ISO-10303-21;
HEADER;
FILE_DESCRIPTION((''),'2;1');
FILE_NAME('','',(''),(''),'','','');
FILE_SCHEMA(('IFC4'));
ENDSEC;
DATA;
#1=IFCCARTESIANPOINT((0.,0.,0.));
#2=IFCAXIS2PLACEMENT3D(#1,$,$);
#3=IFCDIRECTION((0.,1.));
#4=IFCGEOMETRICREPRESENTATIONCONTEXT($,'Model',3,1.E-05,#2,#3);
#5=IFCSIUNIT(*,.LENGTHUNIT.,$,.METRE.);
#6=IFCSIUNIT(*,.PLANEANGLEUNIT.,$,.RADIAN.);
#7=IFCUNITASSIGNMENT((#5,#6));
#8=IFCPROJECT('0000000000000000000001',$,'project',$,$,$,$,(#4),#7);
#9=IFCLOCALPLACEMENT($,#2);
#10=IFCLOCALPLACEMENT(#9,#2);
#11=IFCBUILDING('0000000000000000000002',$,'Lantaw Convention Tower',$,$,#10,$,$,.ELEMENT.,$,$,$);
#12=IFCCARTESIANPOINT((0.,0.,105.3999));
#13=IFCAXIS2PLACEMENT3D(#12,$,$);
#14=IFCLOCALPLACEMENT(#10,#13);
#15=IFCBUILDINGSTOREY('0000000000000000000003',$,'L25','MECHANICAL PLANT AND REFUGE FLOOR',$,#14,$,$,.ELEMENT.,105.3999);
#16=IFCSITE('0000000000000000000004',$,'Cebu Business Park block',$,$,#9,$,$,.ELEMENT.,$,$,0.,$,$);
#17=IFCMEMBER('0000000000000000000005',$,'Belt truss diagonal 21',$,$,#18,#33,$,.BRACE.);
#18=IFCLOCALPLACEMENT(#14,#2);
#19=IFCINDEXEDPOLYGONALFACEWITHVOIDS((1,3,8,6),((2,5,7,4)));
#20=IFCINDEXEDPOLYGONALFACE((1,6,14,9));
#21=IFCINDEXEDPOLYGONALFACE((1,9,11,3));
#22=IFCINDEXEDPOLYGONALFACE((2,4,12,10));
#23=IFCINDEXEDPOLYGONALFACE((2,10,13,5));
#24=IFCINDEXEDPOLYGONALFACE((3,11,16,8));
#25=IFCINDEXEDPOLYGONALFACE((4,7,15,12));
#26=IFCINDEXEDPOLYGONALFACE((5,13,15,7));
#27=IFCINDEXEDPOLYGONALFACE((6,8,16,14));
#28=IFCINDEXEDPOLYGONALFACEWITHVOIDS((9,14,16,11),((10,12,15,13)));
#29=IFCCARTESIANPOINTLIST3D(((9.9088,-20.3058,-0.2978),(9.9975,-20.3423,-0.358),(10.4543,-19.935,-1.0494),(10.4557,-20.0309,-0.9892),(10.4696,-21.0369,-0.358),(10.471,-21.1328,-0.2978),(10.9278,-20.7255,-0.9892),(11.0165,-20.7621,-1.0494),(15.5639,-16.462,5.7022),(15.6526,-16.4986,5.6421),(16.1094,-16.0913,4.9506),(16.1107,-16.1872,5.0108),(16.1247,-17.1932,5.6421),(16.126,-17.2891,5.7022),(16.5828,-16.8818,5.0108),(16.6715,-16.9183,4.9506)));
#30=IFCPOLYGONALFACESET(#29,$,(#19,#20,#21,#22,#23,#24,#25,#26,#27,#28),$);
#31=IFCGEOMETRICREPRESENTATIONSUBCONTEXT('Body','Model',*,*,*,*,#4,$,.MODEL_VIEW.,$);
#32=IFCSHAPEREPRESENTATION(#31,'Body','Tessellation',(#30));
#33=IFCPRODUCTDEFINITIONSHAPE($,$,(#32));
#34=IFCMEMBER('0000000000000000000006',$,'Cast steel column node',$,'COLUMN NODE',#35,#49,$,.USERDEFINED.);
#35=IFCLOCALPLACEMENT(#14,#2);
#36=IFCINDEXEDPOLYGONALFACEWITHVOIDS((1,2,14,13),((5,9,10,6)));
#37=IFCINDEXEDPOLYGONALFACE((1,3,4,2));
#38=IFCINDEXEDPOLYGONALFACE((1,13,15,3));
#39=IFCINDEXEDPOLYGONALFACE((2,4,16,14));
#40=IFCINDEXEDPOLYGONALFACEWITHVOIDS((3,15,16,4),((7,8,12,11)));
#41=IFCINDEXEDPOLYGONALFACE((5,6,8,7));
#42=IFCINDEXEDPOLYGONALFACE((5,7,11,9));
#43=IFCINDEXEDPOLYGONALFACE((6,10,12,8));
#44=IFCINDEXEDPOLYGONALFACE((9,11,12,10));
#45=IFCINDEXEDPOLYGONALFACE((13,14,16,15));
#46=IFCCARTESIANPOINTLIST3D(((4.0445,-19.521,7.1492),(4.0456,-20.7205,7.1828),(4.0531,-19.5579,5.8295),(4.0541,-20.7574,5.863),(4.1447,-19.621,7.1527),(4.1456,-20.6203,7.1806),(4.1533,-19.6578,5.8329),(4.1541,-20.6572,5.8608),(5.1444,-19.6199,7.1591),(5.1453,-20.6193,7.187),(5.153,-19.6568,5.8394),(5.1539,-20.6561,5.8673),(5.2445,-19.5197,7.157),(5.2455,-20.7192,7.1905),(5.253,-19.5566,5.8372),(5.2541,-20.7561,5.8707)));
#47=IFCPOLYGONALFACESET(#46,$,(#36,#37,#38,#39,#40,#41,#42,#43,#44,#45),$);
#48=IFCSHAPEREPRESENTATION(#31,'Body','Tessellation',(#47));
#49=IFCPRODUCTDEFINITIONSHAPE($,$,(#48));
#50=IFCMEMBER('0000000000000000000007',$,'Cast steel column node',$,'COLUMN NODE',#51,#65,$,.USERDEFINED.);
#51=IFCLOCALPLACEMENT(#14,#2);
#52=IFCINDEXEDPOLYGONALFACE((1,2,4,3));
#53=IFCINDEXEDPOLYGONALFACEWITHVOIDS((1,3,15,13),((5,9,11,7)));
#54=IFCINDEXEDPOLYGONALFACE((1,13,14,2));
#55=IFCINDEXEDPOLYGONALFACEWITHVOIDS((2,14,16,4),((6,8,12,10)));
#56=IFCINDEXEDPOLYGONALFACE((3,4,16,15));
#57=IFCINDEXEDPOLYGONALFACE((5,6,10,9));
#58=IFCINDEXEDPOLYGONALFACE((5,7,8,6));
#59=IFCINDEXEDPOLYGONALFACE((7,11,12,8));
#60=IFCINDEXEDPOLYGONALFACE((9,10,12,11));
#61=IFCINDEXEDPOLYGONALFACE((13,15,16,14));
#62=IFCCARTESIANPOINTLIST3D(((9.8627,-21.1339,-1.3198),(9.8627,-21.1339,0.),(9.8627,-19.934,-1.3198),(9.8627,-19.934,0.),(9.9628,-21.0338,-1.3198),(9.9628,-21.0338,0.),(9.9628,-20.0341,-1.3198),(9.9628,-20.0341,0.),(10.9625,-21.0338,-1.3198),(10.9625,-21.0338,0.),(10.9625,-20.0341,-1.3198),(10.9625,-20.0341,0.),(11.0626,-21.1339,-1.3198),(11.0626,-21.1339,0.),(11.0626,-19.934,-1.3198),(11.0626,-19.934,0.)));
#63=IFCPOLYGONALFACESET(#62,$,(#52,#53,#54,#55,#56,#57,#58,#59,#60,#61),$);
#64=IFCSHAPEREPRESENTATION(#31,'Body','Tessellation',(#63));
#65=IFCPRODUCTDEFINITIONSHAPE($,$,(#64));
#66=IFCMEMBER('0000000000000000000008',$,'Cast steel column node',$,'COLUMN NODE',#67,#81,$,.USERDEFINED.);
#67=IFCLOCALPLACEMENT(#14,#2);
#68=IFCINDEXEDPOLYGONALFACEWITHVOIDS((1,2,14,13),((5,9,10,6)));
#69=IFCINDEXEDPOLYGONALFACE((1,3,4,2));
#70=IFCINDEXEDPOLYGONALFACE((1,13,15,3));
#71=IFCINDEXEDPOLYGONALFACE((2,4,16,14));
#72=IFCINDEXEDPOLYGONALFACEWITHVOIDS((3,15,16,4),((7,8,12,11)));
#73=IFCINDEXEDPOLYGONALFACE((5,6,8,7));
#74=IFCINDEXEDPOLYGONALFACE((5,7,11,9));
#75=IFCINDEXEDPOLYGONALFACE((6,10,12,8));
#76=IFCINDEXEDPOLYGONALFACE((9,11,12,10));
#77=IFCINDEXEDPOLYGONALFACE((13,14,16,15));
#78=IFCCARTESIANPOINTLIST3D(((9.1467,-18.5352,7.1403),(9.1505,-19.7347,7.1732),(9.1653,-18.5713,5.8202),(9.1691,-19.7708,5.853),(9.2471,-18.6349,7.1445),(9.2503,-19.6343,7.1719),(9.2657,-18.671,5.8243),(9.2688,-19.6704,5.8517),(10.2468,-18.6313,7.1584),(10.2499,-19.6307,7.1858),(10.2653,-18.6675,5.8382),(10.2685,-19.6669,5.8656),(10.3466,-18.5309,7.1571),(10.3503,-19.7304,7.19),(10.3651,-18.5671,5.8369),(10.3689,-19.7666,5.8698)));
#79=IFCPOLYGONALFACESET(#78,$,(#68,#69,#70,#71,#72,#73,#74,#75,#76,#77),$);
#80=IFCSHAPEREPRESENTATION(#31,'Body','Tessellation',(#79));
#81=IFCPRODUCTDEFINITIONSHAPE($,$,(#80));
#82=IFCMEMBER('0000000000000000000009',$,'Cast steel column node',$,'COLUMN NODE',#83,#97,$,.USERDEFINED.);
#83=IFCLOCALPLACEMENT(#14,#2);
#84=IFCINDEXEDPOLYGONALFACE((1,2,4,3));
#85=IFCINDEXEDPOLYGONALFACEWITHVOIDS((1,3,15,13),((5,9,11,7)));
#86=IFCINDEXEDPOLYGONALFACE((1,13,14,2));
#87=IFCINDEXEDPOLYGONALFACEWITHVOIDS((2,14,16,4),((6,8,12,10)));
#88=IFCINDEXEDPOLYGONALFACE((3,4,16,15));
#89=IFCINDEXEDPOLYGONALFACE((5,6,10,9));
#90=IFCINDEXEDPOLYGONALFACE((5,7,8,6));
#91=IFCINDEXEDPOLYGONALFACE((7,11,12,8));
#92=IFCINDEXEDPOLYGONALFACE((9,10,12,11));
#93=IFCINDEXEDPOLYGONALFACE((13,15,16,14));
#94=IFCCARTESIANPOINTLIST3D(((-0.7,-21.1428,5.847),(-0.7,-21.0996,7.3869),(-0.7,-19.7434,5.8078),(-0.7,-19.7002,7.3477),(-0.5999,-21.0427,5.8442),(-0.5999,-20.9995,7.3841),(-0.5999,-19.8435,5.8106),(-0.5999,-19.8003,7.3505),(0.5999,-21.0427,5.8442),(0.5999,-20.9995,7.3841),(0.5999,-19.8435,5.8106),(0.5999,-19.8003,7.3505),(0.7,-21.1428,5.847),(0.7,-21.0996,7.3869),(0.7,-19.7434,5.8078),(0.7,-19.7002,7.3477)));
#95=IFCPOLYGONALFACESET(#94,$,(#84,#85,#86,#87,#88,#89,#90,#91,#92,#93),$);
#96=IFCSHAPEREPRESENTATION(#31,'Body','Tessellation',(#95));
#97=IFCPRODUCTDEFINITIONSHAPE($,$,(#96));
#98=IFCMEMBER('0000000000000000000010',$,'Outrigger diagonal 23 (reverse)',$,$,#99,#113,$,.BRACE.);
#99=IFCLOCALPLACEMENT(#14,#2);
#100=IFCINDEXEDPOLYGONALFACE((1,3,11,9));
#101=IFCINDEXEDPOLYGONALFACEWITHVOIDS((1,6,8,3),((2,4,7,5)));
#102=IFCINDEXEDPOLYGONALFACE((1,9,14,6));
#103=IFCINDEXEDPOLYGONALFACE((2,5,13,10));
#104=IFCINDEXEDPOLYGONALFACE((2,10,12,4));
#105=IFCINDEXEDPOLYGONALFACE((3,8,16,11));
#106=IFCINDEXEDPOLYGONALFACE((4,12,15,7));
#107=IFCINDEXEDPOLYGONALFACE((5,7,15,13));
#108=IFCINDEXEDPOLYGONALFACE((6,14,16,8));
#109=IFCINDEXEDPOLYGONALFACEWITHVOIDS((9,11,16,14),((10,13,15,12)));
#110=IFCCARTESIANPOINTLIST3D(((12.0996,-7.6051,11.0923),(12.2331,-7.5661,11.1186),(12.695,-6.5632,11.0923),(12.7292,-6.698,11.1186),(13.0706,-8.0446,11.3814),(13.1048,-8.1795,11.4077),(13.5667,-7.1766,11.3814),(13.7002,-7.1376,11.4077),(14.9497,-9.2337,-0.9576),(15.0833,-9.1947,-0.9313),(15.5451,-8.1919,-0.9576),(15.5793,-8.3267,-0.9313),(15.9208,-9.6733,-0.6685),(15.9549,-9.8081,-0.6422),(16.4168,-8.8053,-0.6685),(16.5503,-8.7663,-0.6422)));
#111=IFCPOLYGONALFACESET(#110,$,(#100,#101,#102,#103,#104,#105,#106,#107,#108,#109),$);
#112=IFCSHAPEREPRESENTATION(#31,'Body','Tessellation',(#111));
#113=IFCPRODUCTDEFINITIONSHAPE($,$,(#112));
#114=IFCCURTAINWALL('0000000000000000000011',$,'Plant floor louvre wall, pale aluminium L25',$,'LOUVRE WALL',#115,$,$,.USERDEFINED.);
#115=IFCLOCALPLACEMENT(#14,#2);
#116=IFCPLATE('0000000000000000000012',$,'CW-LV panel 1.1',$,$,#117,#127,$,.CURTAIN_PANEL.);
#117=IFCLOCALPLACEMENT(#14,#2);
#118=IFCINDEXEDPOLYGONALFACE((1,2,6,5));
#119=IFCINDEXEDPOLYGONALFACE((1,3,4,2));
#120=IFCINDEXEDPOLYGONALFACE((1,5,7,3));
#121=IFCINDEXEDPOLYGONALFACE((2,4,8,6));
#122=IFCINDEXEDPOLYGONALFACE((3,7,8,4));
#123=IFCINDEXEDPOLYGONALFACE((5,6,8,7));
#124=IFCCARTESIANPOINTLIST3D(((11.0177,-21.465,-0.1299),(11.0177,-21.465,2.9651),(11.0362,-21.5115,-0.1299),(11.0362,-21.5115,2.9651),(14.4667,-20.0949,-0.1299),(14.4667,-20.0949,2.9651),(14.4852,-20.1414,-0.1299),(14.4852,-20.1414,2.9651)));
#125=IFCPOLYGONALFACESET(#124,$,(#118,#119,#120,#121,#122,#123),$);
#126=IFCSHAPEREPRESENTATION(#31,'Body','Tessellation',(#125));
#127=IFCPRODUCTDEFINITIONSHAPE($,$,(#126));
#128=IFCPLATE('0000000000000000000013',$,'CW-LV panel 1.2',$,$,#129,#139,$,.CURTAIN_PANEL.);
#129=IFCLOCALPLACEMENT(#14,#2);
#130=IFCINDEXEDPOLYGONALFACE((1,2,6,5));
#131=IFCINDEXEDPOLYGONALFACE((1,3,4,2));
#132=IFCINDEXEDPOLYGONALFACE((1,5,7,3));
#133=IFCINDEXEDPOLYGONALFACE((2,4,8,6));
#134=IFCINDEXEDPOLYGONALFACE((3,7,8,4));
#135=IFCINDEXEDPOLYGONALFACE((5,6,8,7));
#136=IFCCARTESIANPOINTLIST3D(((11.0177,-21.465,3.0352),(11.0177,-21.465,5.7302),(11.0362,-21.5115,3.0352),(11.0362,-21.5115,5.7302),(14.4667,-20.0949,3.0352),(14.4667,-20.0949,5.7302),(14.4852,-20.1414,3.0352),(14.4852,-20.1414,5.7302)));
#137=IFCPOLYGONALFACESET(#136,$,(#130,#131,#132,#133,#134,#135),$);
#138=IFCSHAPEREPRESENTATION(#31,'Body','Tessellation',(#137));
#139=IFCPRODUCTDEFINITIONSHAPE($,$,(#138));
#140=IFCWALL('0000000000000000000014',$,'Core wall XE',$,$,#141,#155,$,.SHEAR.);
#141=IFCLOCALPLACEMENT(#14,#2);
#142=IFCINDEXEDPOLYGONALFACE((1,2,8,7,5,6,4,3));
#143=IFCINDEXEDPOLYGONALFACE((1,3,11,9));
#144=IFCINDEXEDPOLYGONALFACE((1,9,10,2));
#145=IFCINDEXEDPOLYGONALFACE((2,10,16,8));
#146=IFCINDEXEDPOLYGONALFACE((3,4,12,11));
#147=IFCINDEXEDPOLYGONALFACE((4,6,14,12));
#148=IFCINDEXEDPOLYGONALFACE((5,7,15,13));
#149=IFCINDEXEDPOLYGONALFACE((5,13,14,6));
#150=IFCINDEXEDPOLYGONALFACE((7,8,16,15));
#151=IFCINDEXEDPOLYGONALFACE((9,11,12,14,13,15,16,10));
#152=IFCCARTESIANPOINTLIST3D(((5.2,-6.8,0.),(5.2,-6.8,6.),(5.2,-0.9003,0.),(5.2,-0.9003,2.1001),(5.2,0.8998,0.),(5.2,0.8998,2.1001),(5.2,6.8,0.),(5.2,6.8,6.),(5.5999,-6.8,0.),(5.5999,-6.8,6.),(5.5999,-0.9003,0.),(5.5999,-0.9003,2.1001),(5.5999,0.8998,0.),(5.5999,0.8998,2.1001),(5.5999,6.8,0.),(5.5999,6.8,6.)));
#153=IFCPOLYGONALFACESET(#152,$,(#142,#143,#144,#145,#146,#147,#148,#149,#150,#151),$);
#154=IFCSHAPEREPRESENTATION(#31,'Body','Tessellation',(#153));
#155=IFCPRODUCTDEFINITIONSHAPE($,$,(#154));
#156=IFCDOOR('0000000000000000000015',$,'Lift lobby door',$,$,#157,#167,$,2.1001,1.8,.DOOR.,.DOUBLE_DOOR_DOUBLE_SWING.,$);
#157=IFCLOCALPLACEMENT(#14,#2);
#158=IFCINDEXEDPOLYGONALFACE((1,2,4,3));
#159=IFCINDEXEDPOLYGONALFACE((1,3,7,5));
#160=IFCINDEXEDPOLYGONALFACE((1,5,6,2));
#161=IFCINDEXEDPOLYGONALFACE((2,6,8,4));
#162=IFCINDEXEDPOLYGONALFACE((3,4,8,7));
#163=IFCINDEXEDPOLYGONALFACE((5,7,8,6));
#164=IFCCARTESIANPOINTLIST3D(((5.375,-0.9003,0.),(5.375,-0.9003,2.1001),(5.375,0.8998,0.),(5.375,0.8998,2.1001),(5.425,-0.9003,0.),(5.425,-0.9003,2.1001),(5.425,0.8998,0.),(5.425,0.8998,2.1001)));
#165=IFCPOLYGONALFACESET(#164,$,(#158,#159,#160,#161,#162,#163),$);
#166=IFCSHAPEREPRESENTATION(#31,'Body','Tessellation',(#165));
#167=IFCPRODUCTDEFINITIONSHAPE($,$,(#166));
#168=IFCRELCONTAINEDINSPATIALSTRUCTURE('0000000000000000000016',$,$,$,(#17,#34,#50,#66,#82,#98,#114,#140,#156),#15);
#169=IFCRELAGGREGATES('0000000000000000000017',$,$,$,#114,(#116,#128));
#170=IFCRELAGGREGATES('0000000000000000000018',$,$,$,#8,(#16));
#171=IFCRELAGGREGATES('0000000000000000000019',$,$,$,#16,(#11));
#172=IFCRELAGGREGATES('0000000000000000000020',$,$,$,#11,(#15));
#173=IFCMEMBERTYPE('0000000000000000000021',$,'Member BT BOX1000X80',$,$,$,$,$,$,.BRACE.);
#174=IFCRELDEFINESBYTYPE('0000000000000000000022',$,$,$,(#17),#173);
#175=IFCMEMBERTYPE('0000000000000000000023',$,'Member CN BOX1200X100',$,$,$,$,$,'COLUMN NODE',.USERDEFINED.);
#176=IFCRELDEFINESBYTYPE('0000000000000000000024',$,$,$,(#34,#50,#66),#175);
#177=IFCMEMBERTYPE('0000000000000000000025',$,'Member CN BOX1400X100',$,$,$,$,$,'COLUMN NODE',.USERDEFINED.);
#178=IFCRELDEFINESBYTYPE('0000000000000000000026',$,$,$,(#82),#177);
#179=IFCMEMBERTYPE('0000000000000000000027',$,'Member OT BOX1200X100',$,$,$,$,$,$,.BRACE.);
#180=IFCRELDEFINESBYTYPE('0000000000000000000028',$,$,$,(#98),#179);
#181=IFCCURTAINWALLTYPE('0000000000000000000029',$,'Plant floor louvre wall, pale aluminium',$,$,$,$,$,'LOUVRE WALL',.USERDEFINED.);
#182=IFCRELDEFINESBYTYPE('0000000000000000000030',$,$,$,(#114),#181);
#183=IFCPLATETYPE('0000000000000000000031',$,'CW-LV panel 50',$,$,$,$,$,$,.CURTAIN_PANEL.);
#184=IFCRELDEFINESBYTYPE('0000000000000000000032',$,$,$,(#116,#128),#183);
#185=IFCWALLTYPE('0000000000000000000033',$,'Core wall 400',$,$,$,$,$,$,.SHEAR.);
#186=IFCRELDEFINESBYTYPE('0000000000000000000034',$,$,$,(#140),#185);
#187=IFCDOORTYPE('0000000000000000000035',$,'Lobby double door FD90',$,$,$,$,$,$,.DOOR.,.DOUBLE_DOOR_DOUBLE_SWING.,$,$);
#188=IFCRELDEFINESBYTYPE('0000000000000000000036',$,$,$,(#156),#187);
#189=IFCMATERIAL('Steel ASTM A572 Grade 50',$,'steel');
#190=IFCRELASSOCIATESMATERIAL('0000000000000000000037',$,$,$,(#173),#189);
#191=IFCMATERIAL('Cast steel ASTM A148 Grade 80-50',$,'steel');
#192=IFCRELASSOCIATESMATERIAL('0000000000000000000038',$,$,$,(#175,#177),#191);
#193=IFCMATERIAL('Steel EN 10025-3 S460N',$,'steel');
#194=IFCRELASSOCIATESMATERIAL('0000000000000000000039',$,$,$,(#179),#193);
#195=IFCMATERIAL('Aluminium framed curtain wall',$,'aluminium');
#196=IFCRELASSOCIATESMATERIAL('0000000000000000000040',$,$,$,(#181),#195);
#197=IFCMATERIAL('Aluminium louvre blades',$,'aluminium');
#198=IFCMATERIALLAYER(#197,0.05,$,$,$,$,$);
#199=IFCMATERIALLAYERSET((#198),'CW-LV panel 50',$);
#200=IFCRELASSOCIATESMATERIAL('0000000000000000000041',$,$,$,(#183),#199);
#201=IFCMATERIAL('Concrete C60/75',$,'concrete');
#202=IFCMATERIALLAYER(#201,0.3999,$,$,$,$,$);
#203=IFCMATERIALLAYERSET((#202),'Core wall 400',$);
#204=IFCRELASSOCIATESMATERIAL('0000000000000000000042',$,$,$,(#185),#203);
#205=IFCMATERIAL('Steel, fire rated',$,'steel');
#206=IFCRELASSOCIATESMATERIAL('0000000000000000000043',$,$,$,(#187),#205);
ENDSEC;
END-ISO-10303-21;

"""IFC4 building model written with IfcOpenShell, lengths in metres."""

from ifc_helpers import new_model, si_unit, direction, frame, frame_2d, origin, origin_2d, place, context, subcontext, project, spatial, rectangle, hollow_rectangle, extrude, material, layer, layer_set, material_profile, profile_set, type_object, element, fill, aggregate, save


model = new_model("IFC4")

# Units and contexts
model_context = context("Model", 3, precision=1e-05, world=origin(), true_north=direction((0.0, 1.0)))
body_context = subcontext(model_context, "Body", "Model", "MODEL_VIEW")
ifc_project = project(units=[si_unit("LENGTHUNIT", "METRE"), si_unit("PLANEANGLEUNIT", "RADIAN")], contexts=[model_context])

# Site, building, storey
site_placement = place(None, origin())
site = spatial("IfcSite", under=ifc_project, at=site_placement, Name="Cebu Business Park block", CompositionType="ELEMENT", RefElevation=0.0)
building_placement = place(site_placement, origin())
building = spatial("IfcBuilding", under=site, at=building_placement, Name="Lantaw Convention Tower", CompositionType="ELEMENT")
storey_placement = place(building_placement, frame((0.0, 0.0, 105.3999)))
storey = spatial("IfcBuildingStorey", under=building, at=storey_placement, Name="L25", Description="MECHANICAL PLANT AND REFUGE FLOOR", CompositionType="ELEMENT", Elevation=105.3999)

# Shared definitions
ifc_material_1 = material(Name="Steel EN 10025-3 S460N", Category="steel")
ifc_material_2 = material(Name="Concrete C60/75", Category="concrete")

# Members
ifc_material_3 = material(Name="Steel ASTM A572 Grade 50", Category="steel")
ifc_material_profile_1 = material_profile(ifc_material_3, hollow_rectangle(XDim=1.0, YDim=1.0, WallThickness=0.0801, at=origin_2d()), Name="BOX1000X80")
ifc_profile_set_1 = profile_set([ifc_material_profile_1], Name="Steel ASTM A572 Grade 50")
member_type_1 = type_object("IfcMemberType", Name="Member BT BOX1000X80", PredefinedType="BRACE", material=ifc_profile_set_1)
member_1_placement = place(storey_placement, frame((10.4626, -20.5339, -0.6736), z_axis=(0.621643, 0.422534, 0.659565), x_axis=(-0.562143, 0.82704, 0.0)))
element("IfcMember", 1, at=member_1_placement, inside=storey, type_object=member_type_1, Name="Belt truss diagonal 21", PredefinedType="BRACE", context=body_context, shape_type="SweptSolid", body=[
    extrude(hollow_rectangle(XDim=1.0, YDim=1.0, WallThickness=0.0801, at=origin_2d()), origin(), (0.0, 0.0, 1.0), 9.0969),
])
ifc_material_4 = material(Name="Cast steel ASTM A148 Grade 80-50", Category="steel")
ifc_material_profile_2 = material_profile(ifc_material_4, hollow_rectangle(XDim=1.2, YDim=1.2, WallThickness=0.1001, at=origin_2d()), Name="BOX1200X100")
ifc_profile_set_2 = profile_set([ifc_material_profile_2], Name="Cast steel ASTM A148 Grade 80-50")
member_type_2 = type_object("IfcMemberType", Name="Member CN BOX1200X100", ElementType="COLUMN NODE", PredefinedType="USERDEFINED", material=ifc_profile_set_2)
member_2_placement = place(storey_placement, frame((4.6536, -20.157, 5.8501), z_axis=(-0.006472, 0.02792, 0.999589), x_axis=(0.999979, 0.001061, 0.006445)))
element("IfcMember", 2, at=member_2_placement, inside=storey, type_object=member_type_2, Name="Cast steel column node", ObjectType="COLUMN NODE", PredefinedType="USERDEFINED", context=body_context, shape_type="SweptSolid", body=[
    extrude(hollow_rectangle(XDim=1.2, YDim=1.2, WallThickness=0.1001, at=origin_2d()), origin(), (0.0, 0.0, 1.0), 1.3203),
])
member_3_placement = place(storey_placement, frame((10.4626, -20.5339, -1.3198), z_axis=(0.0, 0.0, 1.0), x_axis=(1.0, 0.0, 0.0)))
element("IfcMember", 3, at=member_3_placement, inside=storey, type_object=member_type_2, Name="Cast steel column node", ObjectType="COLUMN NODE", PredefinedType="USERDEFINED", context=body_context, shape_type="SweptSolid", body=[
    extrude(hollow_rectangle(XDim=1.2, YDim=1.2, WallThickness=0.1001, at=origin_2d()), origin(), (0.0, 0.0, 1.0), 1.3198),
])
member_4_placement = place(storey_placement, frame((9.7671, -19.1689, 5.845), z_axis=(-0.014049, 0.027359, 0.999527), x_axis=(0.999896, 0.003545, 0.013957)))
element("IfcMember", 4, at=member_4_placement, inside=storey, type_object=member_type_2, Name="Cast steel column node", ObjectType="COLUMN NODE", PredefinedType="USERDEFINED", context=body_context, shape_type="SweptSolid", body=[
    extrude(hollow_rectangle(XDim=1.2, YDim=1.2, WallThickness=0.1001, at=origin_2d()), origin(), (0.0, 0.0, 1.0), 1.3208),
])
ifc_material_profile_3 = material_profile(ifc_material_4, hollow_rectangle(XDim=1.3999, YDim=1.3999, WallThickness=0.1001, at=origin_2d()), Name="BOX1400X100")
ifc_profile_set_3 = profile_set([ifc_material_profile_3], Name="Cast steel ASTM A148 Grade 80-50")
member_type_3 = type_object("IfcMemberType", Name="Member CN BOX1400X100", ElementType="COLUMN NODE", PredefinedType="USERDEFINED", material=ifc_profile_set_3)
member_5_placement = place(storey_placement, frame((0.0, -20.4431, 5.8274), z_axis=(0.0, 0.028049, 0.999607), x_axis=(1.0, 0.0, 0.0)))
element("IfcMember", 5, at=member_5_placement, inside=storey, type_object=member_type_3, Name="Cast steel column node", ObjectType="COLUMN NODE", PredefinedType="USERDEFINED", context=body_context, shape_type="SweptSolid", body=[
    extrude(hollow_rectangle(XDim=1.3999, YDim=1.3999, WallThickness=0.1001, at=origin_2d()), origin(), (0.0, 0.0, 1.0), 1.5405),
])
ifc_material_profile_4 = material_profile(ifc_material_1, hollow_rectangle(XDim=1.2, YDim=1.2, WallThickness=0.1001, at=origin_2d()), Name="BOX1200X100")
ifc_profile_set_4 = profile_set([ifc_material_profile_4], Name="Steel EN 10025-3 S460N")
member_type_4 = type_object("IfcMemberType", Name="Member OT BOX1200X100", PredefinedType="BRACE", material=ifc_profile_set_4)
member_6_placement = place(storey_placement, frame((12.8999, -7.3713, 11.25), z_axis=(0.22821, -0.130408, -0.964839), x_axis=(0.496147, 0.868239, 0.0)))
element("IfcMember", 6, at=member_6_placement, inside=storey, type_object=member_type_4, Name="Outrigger diagonal 23 (reverse)", PredefinedType="BRACE", context=body_context, shape_type="SweptSolid", body=[
    extrude(hollow_rectangle(XDim=1.2, YDim=1.2, WallThickness=0.1001, at=origin_2d()), origin(), (0.0, 0.0, 1.0), 12.489),
])

# Curtain wall, plates
ifc_material_5 = material(Name="Aluminium framed curtain wall", Category="aluminium")
curtain_wall_type = type_object("IfcCurtainWallType", Name="Plant floor louvre wall, pale aluminium", ElementType="LOUVRE WALL", PredefinedType="USERDEFINED", material=ifc_material_5)
curtain_wall_placement = place(storey_placement, origin())
curtain_wall = element("IfcCurtainWall", 7, at=curtain_wall_placement, inside=storey, type_object=curtain_wall_type, Name="Plant floor louvre wall, pale aluminium L25", ObjectType="LOUVRE WALL", PredefinedType="USERDEFINED")
ifc_material_6 = material(Name="Aluminium louvre blades", Category="aluminium")
ifc_layer_1 = layer(ifc_material_6, 0.05)
ifc_layer_set_1 = layer_set([ifc_layer_1], Name="CW-LV panel 50")
plate_type = type_object("IfcPlateType", Name="CW-LV panel 50", PredefinedType="CURTAIN_PANEL", material=ifc_layer_set_1)
plate_1_placement = place(storey_placement, frame((12.7515, -20.8032, -0.1299), z_axis=(0.0, 0.0, 1.0), x_axis=(0.929361, 0.369172, 0.0)))
plate_1 = element("IfcPlate", 8, at=plate_1_placement, type_object=plate_type, Name="CW-LV panel 1.1", PredefinedType="CURTAIN_PANEL", context=body_context, shape_type="SweptSolid", body=[
    extrude(rectangle(XDim=3.7112, YDim=0.05, at=origin_2d()), origin(), (0.0, 0.0, 1.0), 3.095),
])
plate_2_placement = place(storey_placement, frame((12.7515, -20.8032, 3.0352), z_axis=(0.0, 0.0, 1.0), x_axis=(0.929361, 0.369172, 0.0)))
plate_2 = element("IfcPlate", 9, at=plate_2_placement, type_object=plate_type, Name="CW-LV panel 1.2", PredefinedType="CURTAIN_PANEL", context=body_context, shape_type="SweptSolid", body=[
    extrude(rectangle(XDim=3.7112, YDim=0.05, at=origin_2d()), origin(), (0.0, 0.0, 1.0), 2.6951),
])
aggregate(curtain_wall, [plate_1, plate_2])

# Wall, opening, door
ifc_layer_2 = layer(ifc_material_2, 0.3999)
ifc_layer_set_2 = layer_set([ifc_layer_2], Name="Core wall 400")
wall_type_1 = type_object("IfcWallType", Name="Core wall 400", PredefinedType="SHEAR", material=ifc_layer_set_2)
wall_1_placement = place(storey_placement, frame((5.3999, -6.8, 0.0), z_axis=(0.0, 0.0, 1.0), x_axis=(0.0, 1.0, 0.0)))
wall_1 = element("IfcWall", 10, at=wall_1_placement, inside=storey, type_object=wall_type_1, Name="Core wall XE", PredefinedType="SHEAR", context=body_context, shape_type="SweptSolid", body=[
    extrude(rectangle(XDim=13.6001, YDim=0.3999, at=frame_2d((6.8, 0.0))), origin(), (0.0, 0.0, 1.0), 6.0),
])
opening_placement = place(wall_1_placement, frame((5.8999, 0.0, 0.0)))
opening = element("IfcOpeningElement", 11, at=opening_placement, cuts=wall_1, PredefinedType="OPENING", context=body_context, shape_type="SweptSolid", body=[
    extrude(rectangle(XDim=1.8, YDim=2.1001, at=frame_2d((0.8999, 1.05))), frame((0.0, 0.21, 0.0), z_axis=(0.0, -1.0, 0.0), x_axis=(1.0, 0.0, 0.0)), (0.0, 0.0, 1.0), 0.4199),
])
ifc_material_7 = material(Name="Steel, fire rated", Category="steel")
door_type = type_object("IfcDoorType", Name="Lobby double door FD90", OperationType="DOUBLE_DOOR_DOUBLE_SWING", PredefinedType="DOOR", material=ifc_material_7)
door_placement = place(opening_placement, origin())
door = element("IfcDoor", 12, at=door_placement, inside=storey, type_object=door_type, Name="Lift lobby door", OperationType="DOUBLE_DOOR_DOUBLE_SWING", OverallHeight=2.1001, OverallWidth=1.8, PredefinedType="DOOR", context=body_context, shape_type="SweptSolid", body=[
    extrude(rectangle(XDim=1.8, YDim=2.1001, at=frame_2d((0.8999, 1.05))), frame((0.0, 0.0249, 0.0), z_axis=(0.0, -1.0, 0.0), x_axis=(1.0, 0.0, 0.0)), (0.0, 0.0, 1.0), 0.05),
])
fill(opening, door)

save(model, "model.ifc")
